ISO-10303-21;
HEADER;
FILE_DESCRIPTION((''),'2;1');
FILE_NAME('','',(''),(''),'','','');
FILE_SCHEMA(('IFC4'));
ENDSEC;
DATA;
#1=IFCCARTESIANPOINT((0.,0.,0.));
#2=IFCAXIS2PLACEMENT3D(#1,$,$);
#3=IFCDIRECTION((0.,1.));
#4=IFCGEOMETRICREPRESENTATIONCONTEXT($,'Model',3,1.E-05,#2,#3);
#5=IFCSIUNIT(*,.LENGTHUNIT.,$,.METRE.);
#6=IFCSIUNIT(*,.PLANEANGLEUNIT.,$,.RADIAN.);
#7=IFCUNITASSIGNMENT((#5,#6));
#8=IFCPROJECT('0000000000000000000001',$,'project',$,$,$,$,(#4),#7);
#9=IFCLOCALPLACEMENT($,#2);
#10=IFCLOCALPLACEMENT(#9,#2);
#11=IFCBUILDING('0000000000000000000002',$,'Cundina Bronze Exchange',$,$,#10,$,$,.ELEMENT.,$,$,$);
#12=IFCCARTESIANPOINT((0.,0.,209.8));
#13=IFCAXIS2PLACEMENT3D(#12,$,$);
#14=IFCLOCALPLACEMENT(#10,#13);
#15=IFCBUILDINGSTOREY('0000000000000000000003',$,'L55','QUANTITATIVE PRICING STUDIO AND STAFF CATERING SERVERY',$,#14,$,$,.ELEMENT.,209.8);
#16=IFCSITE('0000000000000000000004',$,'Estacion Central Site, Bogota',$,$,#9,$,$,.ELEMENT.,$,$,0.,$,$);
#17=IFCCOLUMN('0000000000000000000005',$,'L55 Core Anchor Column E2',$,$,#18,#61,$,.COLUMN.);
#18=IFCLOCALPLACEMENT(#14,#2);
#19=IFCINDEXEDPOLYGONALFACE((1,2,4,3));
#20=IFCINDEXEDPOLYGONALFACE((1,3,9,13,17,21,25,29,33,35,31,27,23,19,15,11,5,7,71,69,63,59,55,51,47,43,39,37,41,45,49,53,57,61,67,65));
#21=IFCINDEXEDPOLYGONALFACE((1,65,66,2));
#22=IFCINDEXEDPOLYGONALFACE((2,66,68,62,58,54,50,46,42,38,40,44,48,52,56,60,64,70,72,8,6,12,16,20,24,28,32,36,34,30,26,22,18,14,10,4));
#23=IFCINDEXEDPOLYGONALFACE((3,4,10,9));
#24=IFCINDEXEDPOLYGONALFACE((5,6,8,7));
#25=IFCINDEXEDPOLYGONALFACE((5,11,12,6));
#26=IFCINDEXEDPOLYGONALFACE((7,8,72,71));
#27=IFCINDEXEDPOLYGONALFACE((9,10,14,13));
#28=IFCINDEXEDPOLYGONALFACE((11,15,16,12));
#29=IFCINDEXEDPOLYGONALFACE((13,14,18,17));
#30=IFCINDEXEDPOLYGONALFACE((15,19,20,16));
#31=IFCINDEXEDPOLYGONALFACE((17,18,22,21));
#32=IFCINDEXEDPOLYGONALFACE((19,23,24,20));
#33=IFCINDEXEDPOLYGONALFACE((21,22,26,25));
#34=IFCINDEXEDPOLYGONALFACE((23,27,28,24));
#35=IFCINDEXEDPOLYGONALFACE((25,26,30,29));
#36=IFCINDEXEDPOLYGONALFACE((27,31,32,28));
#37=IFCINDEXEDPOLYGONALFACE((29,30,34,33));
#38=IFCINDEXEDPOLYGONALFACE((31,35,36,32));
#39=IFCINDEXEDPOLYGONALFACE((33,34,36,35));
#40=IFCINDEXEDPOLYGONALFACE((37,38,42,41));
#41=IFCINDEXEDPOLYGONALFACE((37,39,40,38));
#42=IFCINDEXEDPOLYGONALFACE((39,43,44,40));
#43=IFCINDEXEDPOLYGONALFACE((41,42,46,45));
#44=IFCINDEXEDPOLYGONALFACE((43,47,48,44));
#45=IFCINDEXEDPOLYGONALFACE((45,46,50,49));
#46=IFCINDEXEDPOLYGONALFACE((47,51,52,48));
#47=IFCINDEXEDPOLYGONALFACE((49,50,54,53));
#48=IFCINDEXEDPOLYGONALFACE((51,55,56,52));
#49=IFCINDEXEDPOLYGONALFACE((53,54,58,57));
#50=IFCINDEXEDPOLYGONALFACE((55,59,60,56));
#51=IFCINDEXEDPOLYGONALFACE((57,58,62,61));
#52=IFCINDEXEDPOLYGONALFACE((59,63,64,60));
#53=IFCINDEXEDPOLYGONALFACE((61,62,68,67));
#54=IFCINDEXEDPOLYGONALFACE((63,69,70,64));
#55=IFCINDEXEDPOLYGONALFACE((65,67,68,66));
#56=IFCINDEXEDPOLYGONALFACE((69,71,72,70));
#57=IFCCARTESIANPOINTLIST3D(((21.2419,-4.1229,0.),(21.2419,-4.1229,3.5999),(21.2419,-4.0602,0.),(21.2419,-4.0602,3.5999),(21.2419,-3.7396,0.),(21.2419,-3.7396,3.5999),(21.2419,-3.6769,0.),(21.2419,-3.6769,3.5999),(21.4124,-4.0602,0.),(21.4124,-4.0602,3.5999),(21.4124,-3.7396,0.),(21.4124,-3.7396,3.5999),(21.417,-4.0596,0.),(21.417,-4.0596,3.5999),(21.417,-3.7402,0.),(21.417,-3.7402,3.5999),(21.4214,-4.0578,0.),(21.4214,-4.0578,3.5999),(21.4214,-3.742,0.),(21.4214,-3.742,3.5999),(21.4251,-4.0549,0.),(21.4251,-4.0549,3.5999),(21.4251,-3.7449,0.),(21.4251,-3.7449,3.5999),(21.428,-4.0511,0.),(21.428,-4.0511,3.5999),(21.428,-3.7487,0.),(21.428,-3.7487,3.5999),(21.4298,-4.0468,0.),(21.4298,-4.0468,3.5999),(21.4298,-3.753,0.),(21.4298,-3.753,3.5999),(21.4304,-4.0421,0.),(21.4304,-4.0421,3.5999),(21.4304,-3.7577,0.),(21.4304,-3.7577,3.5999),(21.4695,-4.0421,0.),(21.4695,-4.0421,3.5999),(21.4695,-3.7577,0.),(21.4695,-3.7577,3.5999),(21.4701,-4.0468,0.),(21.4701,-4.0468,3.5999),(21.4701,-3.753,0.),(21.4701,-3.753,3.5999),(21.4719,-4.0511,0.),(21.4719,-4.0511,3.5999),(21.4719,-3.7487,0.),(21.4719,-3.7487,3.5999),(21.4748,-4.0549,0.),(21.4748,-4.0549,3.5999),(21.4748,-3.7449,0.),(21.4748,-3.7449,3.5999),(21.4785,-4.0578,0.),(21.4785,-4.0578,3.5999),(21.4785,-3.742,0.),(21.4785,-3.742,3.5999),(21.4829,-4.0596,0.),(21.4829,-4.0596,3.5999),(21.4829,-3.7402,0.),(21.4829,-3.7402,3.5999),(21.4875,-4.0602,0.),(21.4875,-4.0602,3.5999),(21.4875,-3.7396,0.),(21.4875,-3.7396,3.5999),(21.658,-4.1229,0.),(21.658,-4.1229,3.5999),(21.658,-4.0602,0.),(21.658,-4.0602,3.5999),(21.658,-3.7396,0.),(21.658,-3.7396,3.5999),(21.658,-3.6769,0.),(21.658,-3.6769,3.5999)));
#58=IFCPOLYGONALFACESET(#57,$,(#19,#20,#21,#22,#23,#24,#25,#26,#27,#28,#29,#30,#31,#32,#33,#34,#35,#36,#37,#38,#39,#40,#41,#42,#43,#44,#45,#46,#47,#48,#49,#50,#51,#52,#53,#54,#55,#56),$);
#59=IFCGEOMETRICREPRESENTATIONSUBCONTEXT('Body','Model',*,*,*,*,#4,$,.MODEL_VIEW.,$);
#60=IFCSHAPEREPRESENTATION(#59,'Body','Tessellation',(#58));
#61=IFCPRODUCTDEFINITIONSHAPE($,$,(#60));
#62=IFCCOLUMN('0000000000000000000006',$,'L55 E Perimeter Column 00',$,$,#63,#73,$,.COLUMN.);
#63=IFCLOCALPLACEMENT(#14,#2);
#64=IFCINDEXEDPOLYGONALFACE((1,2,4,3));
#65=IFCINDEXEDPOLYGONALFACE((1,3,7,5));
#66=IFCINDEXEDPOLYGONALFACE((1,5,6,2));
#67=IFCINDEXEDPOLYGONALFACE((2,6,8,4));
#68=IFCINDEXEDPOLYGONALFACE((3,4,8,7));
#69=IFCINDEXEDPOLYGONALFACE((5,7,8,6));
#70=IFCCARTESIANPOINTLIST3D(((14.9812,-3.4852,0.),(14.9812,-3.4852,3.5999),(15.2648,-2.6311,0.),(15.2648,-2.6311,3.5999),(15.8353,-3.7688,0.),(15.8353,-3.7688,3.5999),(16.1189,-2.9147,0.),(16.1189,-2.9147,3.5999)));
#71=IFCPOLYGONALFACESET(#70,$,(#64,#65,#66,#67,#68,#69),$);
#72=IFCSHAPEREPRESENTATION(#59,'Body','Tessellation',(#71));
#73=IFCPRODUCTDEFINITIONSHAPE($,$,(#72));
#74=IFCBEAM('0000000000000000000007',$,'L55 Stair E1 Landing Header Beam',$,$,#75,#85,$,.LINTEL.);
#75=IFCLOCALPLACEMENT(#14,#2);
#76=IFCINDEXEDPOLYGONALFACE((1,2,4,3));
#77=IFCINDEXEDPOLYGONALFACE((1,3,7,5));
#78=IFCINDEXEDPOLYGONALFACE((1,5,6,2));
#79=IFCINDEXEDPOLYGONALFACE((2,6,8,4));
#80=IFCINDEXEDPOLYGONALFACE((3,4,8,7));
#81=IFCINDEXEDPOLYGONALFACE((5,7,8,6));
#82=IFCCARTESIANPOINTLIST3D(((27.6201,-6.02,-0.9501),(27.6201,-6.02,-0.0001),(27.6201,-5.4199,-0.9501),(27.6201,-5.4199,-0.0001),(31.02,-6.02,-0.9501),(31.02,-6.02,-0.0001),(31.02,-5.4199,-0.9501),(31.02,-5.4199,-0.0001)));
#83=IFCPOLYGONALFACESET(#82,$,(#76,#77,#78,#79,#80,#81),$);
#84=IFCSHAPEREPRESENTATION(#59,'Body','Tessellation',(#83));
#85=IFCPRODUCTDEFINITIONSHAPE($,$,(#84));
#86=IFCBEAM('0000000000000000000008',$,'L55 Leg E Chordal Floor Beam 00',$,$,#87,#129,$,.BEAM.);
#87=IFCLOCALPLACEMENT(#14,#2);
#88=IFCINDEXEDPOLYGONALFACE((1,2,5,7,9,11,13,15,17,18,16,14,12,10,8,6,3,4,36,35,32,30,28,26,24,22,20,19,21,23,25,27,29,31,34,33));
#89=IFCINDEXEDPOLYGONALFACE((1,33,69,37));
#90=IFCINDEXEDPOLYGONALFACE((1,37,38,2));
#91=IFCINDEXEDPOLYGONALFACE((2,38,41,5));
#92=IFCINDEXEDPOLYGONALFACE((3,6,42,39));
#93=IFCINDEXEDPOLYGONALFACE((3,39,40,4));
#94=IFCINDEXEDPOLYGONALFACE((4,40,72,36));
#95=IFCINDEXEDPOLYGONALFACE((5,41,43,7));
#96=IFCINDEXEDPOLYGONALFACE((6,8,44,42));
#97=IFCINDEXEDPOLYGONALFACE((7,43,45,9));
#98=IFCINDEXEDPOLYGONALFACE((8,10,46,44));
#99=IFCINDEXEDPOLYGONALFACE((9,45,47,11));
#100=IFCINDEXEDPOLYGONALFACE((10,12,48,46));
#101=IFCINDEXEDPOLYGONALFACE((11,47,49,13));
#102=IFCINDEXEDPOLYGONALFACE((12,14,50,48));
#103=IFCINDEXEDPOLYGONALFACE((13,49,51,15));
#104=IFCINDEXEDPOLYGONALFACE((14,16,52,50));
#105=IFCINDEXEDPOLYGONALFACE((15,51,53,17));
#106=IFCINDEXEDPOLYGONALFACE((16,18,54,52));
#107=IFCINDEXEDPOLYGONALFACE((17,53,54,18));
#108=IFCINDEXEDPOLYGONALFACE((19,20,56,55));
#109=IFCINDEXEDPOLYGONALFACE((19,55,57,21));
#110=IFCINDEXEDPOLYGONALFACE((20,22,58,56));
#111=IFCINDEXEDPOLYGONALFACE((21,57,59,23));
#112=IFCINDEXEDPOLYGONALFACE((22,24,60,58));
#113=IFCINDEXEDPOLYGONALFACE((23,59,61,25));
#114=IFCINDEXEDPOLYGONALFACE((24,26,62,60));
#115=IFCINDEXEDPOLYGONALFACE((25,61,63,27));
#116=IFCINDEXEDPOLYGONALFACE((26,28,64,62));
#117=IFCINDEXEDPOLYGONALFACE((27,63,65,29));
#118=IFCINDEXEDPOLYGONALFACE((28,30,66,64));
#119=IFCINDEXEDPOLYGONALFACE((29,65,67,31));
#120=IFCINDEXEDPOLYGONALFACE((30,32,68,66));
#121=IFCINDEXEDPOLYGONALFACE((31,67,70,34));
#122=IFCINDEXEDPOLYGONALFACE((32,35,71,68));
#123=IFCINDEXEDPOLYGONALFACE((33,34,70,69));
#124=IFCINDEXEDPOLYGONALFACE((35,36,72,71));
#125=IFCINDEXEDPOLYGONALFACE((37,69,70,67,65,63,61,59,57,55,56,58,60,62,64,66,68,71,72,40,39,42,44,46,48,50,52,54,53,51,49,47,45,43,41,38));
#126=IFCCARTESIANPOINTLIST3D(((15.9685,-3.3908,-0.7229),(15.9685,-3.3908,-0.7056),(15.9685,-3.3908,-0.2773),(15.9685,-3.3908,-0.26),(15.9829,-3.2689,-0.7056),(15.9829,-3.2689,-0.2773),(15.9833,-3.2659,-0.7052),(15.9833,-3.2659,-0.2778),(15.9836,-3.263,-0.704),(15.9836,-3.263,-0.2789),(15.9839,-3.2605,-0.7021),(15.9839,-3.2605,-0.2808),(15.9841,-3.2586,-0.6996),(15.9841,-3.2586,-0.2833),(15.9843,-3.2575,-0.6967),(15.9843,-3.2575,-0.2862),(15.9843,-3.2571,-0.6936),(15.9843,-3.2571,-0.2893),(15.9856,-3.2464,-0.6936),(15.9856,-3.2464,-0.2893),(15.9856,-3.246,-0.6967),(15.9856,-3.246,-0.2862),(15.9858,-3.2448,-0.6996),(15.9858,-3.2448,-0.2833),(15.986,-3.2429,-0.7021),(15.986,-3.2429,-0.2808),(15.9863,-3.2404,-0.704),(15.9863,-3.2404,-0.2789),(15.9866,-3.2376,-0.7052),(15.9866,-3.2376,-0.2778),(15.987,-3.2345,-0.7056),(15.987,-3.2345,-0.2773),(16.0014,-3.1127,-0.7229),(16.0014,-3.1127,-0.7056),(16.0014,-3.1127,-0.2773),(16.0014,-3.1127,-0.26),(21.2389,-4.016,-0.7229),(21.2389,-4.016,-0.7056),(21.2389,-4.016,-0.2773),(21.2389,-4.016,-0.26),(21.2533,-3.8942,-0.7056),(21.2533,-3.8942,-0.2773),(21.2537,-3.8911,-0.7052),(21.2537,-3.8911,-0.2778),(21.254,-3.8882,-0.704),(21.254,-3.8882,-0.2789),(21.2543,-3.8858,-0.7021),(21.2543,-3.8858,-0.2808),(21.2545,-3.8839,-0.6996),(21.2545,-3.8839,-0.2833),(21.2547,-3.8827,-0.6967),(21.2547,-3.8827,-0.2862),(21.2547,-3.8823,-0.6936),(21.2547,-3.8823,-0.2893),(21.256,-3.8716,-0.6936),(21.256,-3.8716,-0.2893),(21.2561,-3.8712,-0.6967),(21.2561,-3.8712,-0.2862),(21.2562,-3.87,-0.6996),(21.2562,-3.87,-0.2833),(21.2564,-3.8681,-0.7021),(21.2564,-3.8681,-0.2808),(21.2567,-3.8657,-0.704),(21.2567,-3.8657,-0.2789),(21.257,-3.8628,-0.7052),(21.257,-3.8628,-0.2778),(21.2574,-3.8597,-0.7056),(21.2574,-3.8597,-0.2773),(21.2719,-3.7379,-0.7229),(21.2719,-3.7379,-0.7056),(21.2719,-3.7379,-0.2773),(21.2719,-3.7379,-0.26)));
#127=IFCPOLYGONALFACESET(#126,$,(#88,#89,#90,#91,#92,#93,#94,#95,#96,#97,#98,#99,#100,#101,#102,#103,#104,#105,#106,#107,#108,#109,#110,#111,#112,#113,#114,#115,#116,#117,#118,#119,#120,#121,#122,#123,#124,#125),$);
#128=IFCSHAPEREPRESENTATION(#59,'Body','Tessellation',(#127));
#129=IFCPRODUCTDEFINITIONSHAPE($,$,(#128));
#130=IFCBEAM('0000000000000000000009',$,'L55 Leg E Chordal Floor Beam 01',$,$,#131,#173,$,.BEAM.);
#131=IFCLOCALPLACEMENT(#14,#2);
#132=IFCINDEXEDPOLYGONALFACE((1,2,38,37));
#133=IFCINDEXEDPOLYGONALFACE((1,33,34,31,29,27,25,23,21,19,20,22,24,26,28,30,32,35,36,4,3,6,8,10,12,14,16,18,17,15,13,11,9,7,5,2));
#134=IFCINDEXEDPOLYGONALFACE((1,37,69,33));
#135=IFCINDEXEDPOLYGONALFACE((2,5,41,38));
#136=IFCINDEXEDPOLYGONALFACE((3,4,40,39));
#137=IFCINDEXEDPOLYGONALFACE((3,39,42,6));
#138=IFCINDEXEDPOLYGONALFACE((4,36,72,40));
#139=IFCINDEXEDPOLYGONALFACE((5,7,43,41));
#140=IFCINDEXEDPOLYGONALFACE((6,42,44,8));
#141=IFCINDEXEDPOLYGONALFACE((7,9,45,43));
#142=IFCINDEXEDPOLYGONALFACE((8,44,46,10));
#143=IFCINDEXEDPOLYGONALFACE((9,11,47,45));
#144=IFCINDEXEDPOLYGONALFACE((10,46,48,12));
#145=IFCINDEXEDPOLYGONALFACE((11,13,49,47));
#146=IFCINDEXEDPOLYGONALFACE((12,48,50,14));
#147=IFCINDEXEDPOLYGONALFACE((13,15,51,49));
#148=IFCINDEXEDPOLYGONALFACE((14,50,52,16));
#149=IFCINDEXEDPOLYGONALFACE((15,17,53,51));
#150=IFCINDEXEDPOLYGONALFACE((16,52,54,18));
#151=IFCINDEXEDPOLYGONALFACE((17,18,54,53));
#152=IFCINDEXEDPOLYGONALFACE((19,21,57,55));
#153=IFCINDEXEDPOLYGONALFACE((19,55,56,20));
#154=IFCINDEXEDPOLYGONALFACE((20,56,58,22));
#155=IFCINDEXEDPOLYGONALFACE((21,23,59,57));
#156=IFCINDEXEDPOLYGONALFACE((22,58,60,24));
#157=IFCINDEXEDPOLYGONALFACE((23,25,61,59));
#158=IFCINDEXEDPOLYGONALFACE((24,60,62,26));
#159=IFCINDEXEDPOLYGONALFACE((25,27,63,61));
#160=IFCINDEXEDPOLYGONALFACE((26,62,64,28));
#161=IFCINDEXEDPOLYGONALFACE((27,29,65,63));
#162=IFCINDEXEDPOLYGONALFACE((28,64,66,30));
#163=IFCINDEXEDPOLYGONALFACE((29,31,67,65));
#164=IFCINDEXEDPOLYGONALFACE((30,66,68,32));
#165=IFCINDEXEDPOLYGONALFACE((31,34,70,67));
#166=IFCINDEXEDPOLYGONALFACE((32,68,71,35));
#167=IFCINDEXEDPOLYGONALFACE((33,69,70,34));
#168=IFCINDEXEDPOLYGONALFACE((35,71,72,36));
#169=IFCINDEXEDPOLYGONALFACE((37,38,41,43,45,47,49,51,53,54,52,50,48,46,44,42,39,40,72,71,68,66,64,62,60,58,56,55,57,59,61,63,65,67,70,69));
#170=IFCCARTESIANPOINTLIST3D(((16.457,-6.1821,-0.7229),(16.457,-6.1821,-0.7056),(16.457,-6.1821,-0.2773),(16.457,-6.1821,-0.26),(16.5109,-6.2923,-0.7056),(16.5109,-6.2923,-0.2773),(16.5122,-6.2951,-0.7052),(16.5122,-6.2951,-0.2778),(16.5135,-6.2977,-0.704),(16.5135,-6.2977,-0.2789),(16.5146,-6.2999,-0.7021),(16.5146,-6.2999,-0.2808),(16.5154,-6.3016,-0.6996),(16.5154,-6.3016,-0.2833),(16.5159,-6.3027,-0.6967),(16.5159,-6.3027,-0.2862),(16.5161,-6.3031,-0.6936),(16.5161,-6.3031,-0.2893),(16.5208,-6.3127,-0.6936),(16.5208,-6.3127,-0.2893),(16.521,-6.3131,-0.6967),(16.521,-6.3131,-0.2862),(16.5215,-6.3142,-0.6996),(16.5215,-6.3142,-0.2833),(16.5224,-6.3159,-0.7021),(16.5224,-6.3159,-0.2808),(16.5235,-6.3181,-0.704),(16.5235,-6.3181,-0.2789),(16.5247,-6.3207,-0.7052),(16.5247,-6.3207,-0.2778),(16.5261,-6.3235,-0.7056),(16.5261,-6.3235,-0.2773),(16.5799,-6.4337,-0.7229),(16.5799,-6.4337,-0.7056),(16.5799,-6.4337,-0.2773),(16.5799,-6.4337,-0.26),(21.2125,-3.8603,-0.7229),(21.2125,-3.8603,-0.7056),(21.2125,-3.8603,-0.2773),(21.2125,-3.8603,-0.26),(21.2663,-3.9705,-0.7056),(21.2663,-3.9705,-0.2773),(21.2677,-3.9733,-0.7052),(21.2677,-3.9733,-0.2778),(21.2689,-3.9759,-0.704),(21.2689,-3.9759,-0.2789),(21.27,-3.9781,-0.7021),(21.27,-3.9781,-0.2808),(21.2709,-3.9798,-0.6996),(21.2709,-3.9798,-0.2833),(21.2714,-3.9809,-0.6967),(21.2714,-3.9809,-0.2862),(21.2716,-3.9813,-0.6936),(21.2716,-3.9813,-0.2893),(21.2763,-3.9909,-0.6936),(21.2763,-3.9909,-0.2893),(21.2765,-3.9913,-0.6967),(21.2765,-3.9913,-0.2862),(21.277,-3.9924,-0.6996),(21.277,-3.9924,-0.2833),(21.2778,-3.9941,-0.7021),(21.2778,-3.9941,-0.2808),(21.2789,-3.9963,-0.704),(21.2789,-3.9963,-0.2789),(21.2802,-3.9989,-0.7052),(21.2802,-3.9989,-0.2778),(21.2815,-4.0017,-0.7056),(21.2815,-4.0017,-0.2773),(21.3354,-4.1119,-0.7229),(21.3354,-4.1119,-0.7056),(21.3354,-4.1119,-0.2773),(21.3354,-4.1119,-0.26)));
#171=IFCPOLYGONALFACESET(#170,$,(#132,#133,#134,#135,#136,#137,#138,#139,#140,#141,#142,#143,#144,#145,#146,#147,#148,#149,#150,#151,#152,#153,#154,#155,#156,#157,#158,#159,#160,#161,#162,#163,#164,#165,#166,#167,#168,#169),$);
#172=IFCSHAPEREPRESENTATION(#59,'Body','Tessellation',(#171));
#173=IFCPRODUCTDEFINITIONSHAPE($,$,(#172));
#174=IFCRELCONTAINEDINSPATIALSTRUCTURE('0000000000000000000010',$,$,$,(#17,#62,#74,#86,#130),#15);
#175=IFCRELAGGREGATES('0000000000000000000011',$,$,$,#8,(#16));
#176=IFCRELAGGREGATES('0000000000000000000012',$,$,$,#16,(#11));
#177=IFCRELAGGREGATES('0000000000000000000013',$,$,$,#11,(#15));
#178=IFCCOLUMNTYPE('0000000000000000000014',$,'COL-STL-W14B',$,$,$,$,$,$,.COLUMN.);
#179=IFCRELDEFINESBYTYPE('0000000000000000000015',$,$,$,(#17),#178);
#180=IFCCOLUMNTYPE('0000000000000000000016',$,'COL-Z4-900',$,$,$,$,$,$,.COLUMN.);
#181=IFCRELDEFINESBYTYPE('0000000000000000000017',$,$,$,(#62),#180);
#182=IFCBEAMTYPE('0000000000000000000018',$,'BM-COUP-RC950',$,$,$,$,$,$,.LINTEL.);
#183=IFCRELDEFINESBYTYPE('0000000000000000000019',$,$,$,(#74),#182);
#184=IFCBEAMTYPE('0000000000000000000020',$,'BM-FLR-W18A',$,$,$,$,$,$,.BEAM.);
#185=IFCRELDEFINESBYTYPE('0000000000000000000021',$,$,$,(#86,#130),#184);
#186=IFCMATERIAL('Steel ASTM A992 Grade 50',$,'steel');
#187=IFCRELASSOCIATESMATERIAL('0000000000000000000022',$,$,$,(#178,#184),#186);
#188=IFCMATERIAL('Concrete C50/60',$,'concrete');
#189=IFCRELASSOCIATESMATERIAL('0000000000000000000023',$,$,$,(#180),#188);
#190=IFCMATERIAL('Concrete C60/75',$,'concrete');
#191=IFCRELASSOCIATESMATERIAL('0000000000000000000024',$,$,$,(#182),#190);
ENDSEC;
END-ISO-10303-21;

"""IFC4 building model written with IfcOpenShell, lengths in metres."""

from ifc_helpers import new_model, si_unit, direction, frame, origin, origin_2d, place, context, subcontext, project, spatial, rectangle, i_section, extrude, material, material_profile, profile_set, type_object, element, save


model = new_model("IFC4")

# Units and contexts
model_context = context("Model", 3, precision=1e-05, world=origin(), true_north=direction((0.0, 1.0)))
body_context = subcontext(model_context, "Body", "Model", "MODEL_VIEW")
ifc_project = project(units=[si_unit("LENGTHUNIT", "METRE"), si_unit("PLANEANGLEUNIT", "RADIAN")], contexts=[model_context])

# Site, building, storey
site_placement = place(None, origin())
site = spatial("IfcSite", under=ifc_project, at=site_placement, Name="Estacion Central Site, Bogota", CompositionType="ELEMENT", RefElevation=0.0)
building_placement = place(site_placement, origin())
building = spatial("IfcBuilding", under=site, at=building_placement, Name="Cundina Bronze Exchange", CompositionType="ELEMENT")
storey_placement = place(building_placement, frame((0.0, 0.0, 209.8)))
storey = spatial("IfcBuildingStorey", under=building, at=storey_placement, Name="L55", Description="QUANTITATIVE PRICING STUDIO AND STAFF CATERING SERVERY", CompositionType="ELEMENT", Elevation=209.8)

# Columns
ifc_material_1 = material(Name="Steel ASTM A992 Grade 50", Category="steel")
ifc_material_profile_1 = material_profile(ifc_material_1, i_section(OverallWidth=0.416, OverallDepth=0.446, WebThickness=0.0391, FlangeThickness=0.0627, FilletRadius=0.0181, at=origin_2d()), Name="W14X342", Category="steel")
ifc_profile_set_1 = profile_set([ifc_material_profile_1], Name="Steel ASTM A992 Grade 50")
column_type_1 = type_object("IfcColumnType", Name="COL-STL-W14B", PredefinedType="COLUMN", material=ifc_profile_set_1)
column_1_placement = place(storey_placement, frame((21.45, -3.8999, 0.0), z_axis=(0.0, 0.0, 1.0), x_axis=(1.0, 0.0, 0.0)))
element("IfcColumn", 1, at=column_1_placement, inside=storey, type_object=column_type_1, Name="L55 Core Anchor Column E2", PredefinedType="COLUMN", context=body_context, shape_type="SweptSolid", body=[
    extrude(i_section(OverallWidth=0.416, OverallDepth=0.446, WebThickness=0.0391, FlangeThickness=0.0627, FilletRadius=0.0181, at=origin_2d()), origin(), (0.0, 0.0, 1.0), 3.5999),
])
ifc_material_2 = material(Name="Concrete C50/60", Category="concrete")
ifc_material_profile_2 = material_profile(ifc_material_2, rectangle(XDim=0.8999, YDim=0.8999, at=origin_2d()), Name="RC900X900", Category="concrete")
ifc_profile_set_2 = profile_set([ifc_material_profile_2], Name="Concrete C50/60")
column_type_2 = type_object("IfcColumnType", Name="COL-Z4-900", PredefinedType="COLUMN", material=ifc_profile_set_2)
column_2_placement = place(storey_placement, frame((15.55, -3.2, 0.0), z_axis=(0.0, 0.0, 1.0), x_axis=(-0.315152, -0.949041, 0.0)))
element("IfcColumn", 2, at=column_2_placement, inside=storey, type_object=column_type_2, Name="L55 E Perimeter Column 00", PredefinedType="COLUMN", context=body_context, shape_type="SweptSolid", body=[
    extrude(rectangle(XDim=0.8999, YDim=0.8999, at=origin_2d()), origin(), (0.0, 0.0, 1.0), 3.5999),
])

# Beams
ifc_material_3 = material(Name="Concrete C60/75", Category="concrete")
ifc_material_profile_3 = material_profile(ifc_material_3, rectangle(XDim=0.6001, YDim=0.95, at=origin_2d()), Name="RC600X950", Category="concrete")
ifc_profile_set_3 = profile_set([ifc_material_profile_3], Name="Concrete C60/75")
beam_type_1 = type_object("IfcBeamType", Name="BM-COUP-RC950", PredefinedType="LINTEL", material=ifc_profile_set_3)
beam_1_placement = place(storey_placement, frame((27.6201, -5.72, -0.4751), z_axis=(1.0, 0.0, 0.0), x_axis=(0.0, 1.0, 0.0)))
element("IfcBeam", 3, at=beam_1_placement, inside=storey, type_object=beam_type_1, Name="L55 Stair E1 Landing Header Beam", PredefinedType="LINTEL", context=body_context, shape_type="SweptSolid", body=[
    extrude(rectangle(XDim=0.6001, YDim=0.95, at=origin_2d()), origin(), (0.0, 0.0, 1.0), 3.3999),
])
ifc_material_profile_4 = material_profile(ifc_material_1, i_section(OverallWidth=0.28, OverallDepth=0.4629, WebThickness=0.0107, FlangeThickness=0.0173, FilletRadius=0.012, at=origin_2d()), Name="W18X76", Category="steel")
ifc_profile_set_4 = profile_set([ifc_material_profile_4], Name="Steel ASTM A992 Grade 50")
beam_type_2 = type_object("IfcBeamType", Name="BM-FLR-W18A", PredefinedType="BEAM", material=ifc_profile_set_4)
beam_2_placement = place(storey_placement, frame((21.2554, -3.877, -0.4915), z_axis=(-0.993037, 0.117805, 0.0), x_axis=(-0.117805, -0.993037, 0.0)))
element("IfcBeam", 4, at=beam_2_placement, inside=storey, type_object=beam_type_2, Name="L55 Leg E Chordal Floor Beam 00", PredefinedType="BEAM", context=body_context, shape_type="SweptSolid", body=[
    extrude(i_section(OverallWidth=0.28, OverallDepth=0.4629, WebThickness=0.0107, FlangeThickness=0.0173, FilletRadius=0.012, at=origin_2d()), origin(), (0.0, 0.0, 1.0), 5.3074),
])
beam_3_placement = place(storey_placement, frame((21.2739, -3.9861, -0.4915), z_axis=(-0.898613, -0.438742, 0.0), x_axis=(0.438742, -0.898613, 0.0)))
element("IfcBeam", 5, at=beam_3_placement, inside=storey, type_object=beam_type_2, Name="L55 Leg E Chordal Floor Beam 01", PredefinedType="BEAM", context=body_context, shape_type="SweptSolid", body=[
    extrude(i_section(OverallWidth=0.28, OverallDepth=0.4629, WebThickness=0.0107, FlangeThickness=0.0173, FilletRadius=0.012, at=origin_2d()), origin(), (0.0, 0.0, 1.0), 5.292),
])

save(model, "model.ifc")
